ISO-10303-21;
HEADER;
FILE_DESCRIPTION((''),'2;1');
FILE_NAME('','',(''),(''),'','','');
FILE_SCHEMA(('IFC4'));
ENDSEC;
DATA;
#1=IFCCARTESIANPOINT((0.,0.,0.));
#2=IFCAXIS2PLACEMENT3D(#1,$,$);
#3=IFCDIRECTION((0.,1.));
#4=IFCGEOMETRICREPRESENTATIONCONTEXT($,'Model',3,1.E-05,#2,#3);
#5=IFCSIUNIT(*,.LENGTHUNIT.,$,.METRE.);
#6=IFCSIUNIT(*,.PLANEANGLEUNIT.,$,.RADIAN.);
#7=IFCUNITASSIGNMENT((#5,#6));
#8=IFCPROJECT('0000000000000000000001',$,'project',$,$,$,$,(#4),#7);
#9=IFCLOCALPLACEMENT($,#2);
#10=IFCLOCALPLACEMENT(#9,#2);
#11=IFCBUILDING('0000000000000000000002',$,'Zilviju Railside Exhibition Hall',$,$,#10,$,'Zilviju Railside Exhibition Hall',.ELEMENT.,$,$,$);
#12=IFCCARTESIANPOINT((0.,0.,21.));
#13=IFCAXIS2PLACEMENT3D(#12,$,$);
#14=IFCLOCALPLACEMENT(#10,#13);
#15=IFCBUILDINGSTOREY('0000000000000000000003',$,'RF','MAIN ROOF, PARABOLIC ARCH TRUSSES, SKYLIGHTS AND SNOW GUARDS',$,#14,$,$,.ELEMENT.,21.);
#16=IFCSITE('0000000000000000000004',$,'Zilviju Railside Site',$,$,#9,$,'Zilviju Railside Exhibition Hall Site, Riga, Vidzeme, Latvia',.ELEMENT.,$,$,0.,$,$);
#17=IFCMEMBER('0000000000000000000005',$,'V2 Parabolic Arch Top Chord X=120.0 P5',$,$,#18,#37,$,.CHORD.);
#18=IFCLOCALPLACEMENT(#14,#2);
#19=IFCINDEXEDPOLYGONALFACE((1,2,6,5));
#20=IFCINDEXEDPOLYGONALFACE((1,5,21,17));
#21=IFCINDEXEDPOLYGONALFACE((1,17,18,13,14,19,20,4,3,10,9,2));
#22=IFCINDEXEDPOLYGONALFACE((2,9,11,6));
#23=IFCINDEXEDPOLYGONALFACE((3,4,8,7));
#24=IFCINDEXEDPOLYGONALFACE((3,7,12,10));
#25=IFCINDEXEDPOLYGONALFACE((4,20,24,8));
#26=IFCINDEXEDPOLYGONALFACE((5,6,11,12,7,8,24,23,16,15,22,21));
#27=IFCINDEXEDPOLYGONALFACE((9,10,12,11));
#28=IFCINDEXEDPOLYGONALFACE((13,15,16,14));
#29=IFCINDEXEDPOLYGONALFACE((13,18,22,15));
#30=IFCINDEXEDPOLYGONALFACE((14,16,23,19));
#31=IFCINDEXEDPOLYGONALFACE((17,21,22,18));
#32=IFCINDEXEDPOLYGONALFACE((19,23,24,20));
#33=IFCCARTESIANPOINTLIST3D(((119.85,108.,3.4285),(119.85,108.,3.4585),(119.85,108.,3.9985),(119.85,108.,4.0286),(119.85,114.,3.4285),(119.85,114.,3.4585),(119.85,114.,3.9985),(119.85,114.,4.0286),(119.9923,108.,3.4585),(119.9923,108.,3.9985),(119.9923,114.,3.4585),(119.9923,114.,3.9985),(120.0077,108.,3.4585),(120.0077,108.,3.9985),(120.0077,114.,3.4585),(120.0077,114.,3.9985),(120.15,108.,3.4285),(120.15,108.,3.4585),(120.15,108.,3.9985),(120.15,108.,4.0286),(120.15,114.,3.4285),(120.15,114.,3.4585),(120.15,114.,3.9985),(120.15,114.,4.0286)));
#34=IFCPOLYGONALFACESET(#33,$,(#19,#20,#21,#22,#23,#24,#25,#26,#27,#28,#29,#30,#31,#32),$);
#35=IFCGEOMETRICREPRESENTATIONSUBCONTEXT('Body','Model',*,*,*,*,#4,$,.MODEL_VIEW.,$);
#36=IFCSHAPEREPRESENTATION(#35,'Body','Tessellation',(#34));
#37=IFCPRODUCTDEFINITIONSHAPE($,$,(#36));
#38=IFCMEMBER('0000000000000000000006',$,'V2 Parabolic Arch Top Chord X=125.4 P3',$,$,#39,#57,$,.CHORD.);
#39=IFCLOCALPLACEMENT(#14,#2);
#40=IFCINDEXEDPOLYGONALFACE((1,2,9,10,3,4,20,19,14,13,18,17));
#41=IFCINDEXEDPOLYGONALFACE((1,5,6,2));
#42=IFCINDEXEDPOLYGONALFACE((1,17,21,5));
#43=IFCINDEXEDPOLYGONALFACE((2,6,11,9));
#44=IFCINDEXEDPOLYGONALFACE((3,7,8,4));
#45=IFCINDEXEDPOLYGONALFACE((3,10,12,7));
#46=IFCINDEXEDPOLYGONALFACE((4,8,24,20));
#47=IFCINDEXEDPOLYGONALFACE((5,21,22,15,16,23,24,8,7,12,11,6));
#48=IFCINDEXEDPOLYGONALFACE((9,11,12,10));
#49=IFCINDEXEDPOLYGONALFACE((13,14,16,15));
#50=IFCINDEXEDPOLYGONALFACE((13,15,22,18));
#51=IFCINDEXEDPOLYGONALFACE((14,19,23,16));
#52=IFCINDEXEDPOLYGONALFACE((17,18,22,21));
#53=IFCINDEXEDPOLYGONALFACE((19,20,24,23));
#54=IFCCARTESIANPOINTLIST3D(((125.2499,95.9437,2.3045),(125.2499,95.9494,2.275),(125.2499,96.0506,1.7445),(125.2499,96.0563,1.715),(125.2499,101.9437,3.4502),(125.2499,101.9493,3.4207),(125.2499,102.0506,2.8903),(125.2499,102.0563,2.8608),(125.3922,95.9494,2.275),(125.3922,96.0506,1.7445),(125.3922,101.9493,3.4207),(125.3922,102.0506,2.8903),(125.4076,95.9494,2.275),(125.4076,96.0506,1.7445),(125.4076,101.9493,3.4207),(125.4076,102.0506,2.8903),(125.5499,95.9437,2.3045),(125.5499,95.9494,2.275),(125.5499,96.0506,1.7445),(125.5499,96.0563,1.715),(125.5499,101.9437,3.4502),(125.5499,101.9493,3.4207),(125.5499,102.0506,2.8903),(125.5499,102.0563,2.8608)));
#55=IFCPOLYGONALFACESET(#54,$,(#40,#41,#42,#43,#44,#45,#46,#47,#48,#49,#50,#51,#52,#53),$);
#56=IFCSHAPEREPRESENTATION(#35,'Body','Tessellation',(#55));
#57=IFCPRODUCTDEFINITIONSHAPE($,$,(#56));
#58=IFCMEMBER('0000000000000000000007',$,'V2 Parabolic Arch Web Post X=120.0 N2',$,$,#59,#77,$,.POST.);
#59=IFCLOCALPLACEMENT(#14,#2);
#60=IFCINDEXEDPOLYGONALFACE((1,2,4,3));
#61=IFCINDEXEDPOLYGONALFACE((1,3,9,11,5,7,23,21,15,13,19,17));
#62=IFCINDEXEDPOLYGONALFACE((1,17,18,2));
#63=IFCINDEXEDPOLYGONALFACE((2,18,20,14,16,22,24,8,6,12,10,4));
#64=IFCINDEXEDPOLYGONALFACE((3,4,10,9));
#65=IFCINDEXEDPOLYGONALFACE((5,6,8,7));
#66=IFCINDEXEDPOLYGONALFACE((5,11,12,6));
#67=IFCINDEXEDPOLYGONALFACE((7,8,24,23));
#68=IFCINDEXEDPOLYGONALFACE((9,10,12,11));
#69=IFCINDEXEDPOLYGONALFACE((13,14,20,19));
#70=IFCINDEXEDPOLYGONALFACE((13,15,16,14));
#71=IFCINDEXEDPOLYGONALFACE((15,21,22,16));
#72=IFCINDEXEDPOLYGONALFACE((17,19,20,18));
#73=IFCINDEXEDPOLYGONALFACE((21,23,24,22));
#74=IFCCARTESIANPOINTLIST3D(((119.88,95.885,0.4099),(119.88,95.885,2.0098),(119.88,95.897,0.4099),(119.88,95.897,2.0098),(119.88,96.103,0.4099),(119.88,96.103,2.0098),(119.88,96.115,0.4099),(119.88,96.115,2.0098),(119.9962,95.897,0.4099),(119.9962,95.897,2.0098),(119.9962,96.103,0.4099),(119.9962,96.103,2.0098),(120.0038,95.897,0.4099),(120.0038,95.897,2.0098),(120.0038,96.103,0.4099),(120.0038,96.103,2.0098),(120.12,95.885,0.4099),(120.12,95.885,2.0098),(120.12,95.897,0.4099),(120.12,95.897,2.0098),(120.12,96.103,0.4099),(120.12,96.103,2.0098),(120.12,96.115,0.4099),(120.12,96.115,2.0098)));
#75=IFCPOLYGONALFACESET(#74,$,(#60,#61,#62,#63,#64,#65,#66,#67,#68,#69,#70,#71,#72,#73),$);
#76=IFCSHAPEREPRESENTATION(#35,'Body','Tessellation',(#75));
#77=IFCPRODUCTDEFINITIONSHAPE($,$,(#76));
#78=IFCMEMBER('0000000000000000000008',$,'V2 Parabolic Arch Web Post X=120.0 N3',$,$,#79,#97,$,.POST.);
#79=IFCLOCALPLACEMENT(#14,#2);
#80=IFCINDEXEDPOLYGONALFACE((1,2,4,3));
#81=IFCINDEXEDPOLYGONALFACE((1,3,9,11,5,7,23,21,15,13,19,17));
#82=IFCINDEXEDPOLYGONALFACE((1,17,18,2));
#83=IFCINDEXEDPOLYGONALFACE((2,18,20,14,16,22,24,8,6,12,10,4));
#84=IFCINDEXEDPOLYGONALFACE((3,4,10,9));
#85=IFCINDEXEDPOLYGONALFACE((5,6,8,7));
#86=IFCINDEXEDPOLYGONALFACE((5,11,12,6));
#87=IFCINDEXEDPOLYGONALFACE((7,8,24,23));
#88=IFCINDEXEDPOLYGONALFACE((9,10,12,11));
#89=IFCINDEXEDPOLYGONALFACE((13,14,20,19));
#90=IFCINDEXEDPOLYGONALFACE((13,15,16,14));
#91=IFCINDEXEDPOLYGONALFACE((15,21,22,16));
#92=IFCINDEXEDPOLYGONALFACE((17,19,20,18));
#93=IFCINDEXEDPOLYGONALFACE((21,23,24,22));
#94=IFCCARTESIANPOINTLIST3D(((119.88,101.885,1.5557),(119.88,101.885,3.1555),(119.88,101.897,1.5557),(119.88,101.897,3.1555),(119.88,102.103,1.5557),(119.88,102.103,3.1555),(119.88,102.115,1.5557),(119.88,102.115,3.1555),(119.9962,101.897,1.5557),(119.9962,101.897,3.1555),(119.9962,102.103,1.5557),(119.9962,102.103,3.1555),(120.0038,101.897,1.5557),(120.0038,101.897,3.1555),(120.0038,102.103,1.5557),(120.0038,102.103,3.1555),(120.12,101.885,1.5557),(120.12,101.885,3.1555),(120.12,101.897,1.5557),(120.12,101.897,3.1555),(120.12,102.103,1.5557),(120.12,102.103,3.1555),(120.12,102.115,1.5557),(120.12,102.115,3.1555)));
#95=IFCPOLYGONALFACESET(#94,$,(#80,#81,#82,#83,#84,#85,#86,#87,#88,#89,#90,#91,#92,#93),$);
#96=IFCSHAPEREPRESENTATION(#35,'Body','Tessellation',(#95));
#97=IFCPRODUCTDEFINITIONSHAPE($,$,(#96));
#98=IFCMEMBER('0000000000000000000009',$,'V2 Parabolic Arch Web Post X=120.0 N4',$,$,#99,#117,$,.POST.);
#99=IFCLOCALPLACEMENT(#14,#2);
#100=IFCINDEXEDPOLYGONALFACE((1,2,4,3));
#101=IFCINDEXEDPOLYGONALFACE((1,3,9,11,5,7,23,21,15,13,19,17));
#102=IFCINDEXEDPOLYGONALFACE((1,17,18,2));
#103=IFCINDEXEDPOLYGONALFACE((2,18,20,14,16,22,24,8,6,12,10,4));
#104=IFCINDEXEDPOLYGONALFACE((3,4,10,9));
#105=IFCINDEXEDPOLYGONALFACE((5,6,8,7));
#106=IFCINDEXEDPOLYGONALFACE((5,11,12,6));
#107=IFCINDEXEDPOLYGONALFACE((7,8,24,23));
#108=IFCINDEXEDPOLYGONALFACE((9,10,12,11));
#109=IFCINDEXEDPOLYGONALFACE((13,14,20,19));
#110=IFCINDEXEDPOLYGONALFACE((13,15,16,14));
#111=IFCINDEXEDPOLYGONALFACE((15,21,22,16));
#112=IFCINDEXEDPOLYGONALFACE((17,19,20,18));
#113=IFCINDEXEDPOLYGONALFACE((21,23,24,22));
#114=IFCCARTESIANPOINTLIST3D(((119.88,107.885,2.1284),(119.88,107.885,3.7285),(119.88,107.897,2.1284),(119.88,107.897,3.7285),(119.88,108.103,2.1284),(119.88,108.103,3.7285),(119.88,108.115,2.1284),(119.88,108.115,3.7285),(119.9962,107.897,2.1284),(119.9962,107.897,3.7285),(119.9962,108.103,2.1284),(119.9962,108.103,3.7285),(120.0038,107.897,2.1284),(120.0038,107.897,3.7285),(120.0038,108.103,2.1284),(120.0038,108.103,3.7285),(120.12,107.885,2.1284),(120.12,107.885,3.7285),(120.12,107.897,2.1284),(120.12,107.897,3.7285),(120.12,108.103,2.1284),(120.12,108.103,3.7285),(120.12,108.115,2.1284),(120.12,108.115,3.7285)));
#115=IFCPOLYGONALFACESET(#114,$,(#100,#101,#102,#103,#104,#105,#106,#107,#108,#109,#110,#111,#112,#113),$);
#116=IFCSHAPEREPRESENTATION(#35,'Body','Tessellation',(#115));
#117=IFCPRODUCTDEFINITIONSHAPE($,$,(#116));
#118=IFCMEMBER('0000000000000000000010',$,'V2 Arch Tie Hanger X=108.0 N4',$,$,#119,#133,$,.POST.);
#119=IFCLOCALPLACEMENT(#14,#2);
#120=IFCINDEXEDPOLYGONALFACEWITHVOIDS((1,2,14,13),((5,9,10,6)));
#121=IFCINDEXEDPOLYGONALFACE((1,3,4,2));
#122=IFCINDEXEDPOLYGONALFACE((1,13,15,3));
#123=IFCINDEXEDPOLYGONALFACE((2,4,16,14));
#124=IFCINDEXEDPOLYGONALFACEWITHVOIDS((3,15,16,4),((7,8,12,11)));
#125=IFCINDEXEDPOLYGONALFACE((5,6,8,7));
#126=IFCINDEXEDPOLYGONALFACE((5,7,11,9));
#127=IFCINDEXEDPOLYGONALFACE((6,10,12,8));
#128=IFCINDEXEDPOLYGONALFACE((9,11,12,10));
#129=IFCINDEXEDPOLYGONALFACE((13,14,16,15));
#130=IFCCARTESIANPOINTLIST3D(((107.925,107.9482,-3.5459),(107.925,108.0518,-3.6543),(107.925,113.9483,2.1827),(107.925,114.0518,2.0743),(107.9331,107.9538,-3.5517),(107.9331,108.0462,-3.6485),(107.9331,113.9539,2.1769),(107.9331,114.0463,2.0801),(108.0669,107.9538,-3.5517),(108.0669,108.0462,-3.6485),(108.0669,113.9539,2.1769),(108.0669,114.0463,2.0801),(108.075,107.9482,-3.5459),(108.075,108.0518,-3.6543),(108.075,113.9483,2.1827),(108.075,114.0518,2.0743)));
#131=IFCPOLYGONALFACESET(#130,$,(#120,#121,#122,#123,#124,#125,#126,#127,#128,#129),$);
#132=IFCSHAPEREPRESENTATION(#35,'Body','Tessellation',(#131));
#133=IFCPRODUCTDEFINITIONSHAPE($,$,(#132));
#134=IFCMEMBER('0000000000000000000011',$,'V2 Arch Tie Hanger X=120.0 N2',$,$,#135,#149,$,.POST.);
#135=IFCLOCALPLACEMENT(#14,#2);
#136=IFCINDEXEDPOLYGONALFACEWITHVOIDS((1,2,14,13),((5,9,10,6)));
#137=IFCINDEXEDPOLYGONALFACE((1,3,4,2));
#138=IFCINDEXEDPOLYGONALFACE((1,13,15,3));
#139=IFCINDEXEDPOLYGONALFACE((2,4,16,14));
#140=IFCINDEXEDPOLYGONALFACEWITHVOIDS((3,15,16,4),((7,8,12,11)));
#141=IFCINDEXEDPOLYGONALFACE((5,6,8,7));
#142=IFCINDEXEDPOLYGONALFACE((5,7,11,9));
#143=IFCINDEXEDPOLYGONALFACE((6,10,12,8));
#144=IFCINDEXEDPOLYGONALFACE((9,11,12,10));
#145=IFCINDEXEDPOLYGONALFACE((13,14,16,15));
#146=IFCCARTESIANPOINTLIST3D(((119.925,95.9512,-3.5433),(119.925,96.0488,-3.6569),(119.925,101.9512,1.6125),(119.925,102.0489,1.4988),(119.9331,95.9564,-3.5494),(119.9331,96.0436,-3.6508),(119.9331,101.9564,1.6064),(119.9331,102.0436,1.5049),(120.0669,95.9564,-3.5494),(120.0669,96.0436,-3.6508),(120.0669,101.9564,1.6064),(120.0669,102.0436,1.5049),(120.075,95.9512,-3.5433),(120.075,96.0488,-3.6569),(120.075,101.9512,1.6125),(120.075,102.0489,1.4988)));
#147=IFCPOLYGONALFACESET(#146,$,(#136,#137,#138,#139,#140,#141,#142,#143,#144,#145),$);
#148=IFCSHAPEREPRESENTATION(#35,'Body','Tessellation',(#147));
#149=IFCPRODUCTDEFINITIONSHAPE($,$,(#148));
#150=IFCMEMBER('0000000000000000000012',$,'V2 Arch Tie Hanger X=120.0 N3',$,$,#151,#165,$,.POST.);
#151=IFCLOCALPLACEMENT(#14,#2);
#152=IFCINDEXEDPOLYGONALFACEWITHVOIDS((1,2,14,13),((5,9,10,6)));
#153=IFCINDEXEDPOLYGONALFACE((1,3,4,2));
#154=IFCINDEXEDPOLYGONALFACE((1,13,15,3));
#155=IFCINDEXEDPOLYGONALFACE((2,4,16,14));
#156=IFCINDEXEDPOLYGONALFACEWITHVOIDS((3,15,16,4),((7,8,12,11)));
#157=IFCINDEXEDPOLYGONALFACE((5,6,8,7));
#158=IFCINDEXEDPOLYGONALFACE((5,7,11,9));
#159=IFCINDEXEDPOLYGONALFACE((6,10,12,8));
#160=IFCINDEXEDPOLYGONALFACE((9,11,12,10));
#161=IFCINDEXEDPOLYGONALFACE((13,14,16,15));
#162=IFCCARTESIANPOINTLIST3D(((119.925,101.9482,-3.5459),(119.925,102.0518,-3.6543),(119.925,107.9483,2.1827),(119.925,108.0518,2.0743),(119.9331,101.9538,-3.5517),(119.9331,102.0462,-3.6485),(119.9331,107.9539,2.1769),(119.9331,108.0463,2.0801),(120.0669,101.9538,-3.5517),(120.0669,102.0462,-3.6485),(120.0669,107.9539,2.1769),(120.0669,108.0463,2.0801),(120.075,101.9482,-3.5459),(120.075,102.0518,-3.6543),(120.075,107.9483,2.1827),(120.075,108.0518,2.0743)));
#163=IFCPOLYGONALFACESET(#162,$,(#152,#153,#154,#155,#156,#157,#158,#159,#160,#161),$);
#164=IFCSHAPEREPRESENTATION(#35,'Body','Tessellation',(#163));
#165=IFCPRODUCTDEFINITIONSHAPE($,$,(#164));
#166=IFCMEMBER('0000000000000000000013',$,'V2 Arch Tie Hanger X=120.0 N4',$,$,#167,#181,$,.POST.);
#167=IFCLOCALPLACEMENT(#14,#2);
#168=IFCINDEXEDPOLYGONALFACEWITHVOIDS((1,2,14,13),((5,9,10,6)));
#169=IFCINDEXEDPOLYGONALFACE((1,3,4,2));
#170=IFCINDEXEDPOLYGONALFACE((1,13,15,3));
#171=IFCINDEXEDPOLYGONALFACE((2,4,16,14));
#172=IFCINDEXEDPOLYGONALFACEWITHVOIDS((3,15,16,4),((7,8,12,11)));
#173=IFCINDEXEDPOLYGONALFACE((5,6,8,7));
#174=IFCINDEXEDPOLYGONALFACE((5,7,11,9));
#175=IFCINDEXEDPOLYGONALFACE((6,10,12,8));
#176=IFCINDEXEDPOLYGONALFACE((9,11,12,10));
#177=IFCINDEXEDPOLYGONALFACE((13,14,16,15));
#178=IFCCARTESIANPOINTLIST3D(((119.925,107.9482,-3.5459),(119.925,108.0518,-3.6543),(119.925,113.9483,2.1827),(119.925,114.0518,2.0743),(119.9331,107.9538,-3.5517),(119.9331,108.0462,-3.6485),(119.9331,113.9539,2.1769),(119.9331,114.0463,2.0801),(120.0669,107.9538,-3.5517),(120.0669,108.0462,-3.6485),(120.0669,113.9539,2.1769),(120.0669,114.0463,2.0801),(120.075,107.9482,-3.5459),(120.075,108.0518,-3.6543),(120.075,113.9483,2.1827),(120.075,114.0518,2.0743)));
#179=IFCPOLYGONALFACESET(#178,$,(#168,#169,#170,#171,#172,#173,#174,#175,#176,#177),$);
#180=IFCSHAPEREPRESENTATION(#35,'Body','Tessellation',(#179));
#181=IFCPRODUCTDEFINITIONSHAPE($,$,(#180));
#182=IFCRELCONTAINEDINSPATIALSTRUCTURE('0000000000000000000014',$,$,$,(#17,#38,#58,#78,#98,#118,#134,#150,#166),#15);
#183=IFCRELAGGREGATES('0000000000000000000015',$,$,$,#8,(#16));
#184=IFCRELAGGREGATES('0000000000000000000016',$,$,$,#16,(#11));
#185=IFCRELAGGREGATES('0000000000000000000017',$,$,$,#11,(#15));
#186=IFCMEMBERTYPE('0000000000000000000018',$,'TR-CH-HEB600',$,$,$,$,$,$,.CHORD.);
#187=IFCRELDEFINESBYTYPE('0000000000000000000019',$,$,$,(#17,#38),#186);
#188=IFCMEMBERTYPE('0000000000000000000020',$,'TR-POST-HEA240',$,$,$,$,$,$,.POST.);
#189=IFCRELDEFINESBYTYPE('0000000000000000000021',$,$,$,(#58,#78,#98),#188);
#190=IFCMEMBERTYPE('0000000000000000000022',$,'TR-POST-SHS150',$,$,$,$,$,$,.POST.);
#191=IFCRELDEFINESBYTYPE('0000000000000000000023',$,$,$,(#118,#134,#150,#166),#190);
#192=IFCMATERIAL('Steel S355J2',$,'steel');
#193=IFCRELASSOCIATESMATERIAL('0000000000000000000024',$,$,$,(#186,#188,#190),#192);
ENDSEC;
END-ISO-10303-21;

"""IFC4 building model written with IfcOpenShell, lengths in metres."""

from ifc_helpers import new_model, si_unit, direction, frame, origin, origin_2d, place, context, subcontext, project, spatial, hollow_rectangle, i_section, extrude, material, material_profile, profile_set, type_object, element, save


model = new_model("IFC4")

# Units and contexts
model_context = context("Model", 3, precision=1e-05, world=origin(), true_north=direction((0.0, 1.0)))
body_context = subcontext(model_context, "Body", "Model", "MODEL_VIEW")
ifc_project = project(units=[si_unit("LENGTHUNIT", "METRE"), si_unit("PLANEANGLEUNIT", "RADIAN")], contexts=[model_context])

# Site, building, storey
site_placement = place(None, origin())
site = spatial("IfcSite", under=ifc_project, at=site_placement, Name="Zilviju Railside Site", LongName="Zilviju Railside Exhibition Hall Site, Riga, Vidzeme, Latvia", CompositionType="ELEMENT", RefElevation=0.0)
building_placement = place(site_placement, origin())
building = spatial("IfcBuilding", under=site, at=building_placement, Name="Zilviju Railside Exhibition Hall", LongName="Zilviju Railside Exhibition Hall", CompositionType="ELEMENT")
storey_placement = place(building_placement, frame((0.0, 0.0, 21.0)))
storey = spatial("IfcBuildingStorey", under=building, at=storey_placement, Name="RF", Description="MAIN ROOF, PARABOLIC ARCH TRUSSES, SKYLIGHTS AND SNOW GUARDS", CompositionType="ELEMENT", Elevation=21.0)

# Members
ifc_material_1 = material(Name="Steel S355J2", Category="steel")
ifc_material_profile_1 = material_profile(ifc_material_1, i_section(OverallWidth=0.3, OverallDepth=0.6001, WebThickness=0.0154, FlangeThickness=0.03, at=origin_2d()), Name="HEB 600")
ifc_profile_set_1 = profile_set([ifc_material_profile_1], Name="Steel S355J2")
member_type_1 = type_object("IfcMemberType", Name="TR-CH-HEB600", PredefinedType="CHORD", material=ifc_profile_set_1)
member_1_placement = place(storey_placement, frame((120.0, 108.0, 3.7285), z_axis=(0.0, 1.0, 0.0), x_axis=(-1.0, 0.0, 0.0)))
element("IfcMember", 1, at=member_1_placement, inside=storey, type_object=member_type_1, Name="V2 Parabolic Arch Top Chord X=120.0 P5", PredefinedType="CHORD", context=body_context, shape_type="SweptSolid", body=[
    extrude(i_section(OverallWidth=0.3, OverallDepth=0.6001, WebThickness=0.0154, FlangeThickness=0.03, at=origin_2d()), origin(), (0.0, 0.0, 1.0), 6.0),
])
member_2_placement = place(storey_placement, frame((125.3999, 96.0, 2.0098), z_axis=(0.0, 0.982251, 0.187569), x_axis=(-1.0, 0.0, 0.0)))
element("IfcMember", 2, at=member_2_placement, inside=storey, type_object=member_type_1, Name="V2 Parabolic Arch Top Chord X=125.4 P3", PredefinedType="CHORD", context=body_context, shape_type="SweptSolid", body=[
    extrude(i_section(OverallWidth=0.3, OverallDepth=0.6001, WebThickness=0.0154, FlangeThickness=0.03, at=origin_2d()), origin(), (0.0, 0.0, 1.0), 6.1084),
])
ifc_material_profile_2 = material_profile(ifc_material_1, i_section(OverallWidth=0.24, OverallDepth=0.23, WebThickness=0.0076, FlangeThickness=0.012, at=origin_2d()), Name="HEA 240")
ifc_profile_set_2 = profile_set([ifc_material_profile_2], Name="Steel S355J2")
member_type_2 = type_object("IfcMemberType", Name="TR-POST-HEA240", PredefinedType="POST", material=ifc_profile_set_2)
for number, where, z_axis, x_axis, name in (
    (3, (120.0, 96.0, 0.4099), (0.0, 0.0, 1.0), (1.0, 0.0, 0.0), "V2 Parabolic Arch Web Post X=120.0 N2"),
    (4, (120.0, 102.0, 1.5557), (0.0, 0.0, 1.0), (1.0, 0.0, 0.0), "V2 Parabolic Arch Web Post X=120.0 N3"),
):
    element("IfcMember", number, at=place(storey_placement, frame(where, z_axis=z_axis, x_axis=x_axis)), inside=storey, type_object=member_type_2, Name=name, PredefinedType="POST", context=body_context, shape_type="SweptSolid", body=[
        extrude(i_section(OverallWidth=0.24, OverallDepth=0.23, WebThickness=0.0076, FlangeThickness=0.012, at=origin_2d()), origin(), (0.0, 0.0, 1.0), 1.5999),
    ])
member_3_placement = place(storey_placement, frame((120.0, 108.0, 2.1284), z_axis=(0.0, 0.0, 1.0), x_axis=(1.0, 0.0, 0.0)))
element("IfcMember", 5, at=member_3_placement, inside=storey, type_object=member_type_2, Name="V2 Parabolic Arch Web Post X=120.0 N4", PredefinedType="POST", context=body_context, shape_type="SweptSolid", body=[
    extrude(i_section(OverallWidth=0.24, OverallDepth=0.23, WebThickness=0.0076, FlangeThickness=0.012, at=origin_2d()), origin(), (0.0, 0.0, 1.0), 1.6001),
])
ifc_material_profile_3 = material_profile(ifc_material_1, hollow_rectangle(XDim=0.1499, YDim=0.1499, WallThickness=0.0081, at=origin_2d()), Name="SHS 150x150x8.0")
ifc_profile_set_3 = profile_set([ifc_material_profile_3], Name="Steel S355J2")
member_type_3 = type_object("IfcMemberType", Name="TR-POST-SHS150", PredefinedType="POST", material=ifc_profile_set_3)
member_4_placement = place(storey_placement, frame((108.0, 108.0, -3.6001), z_axis=(0.0, 0.723281, 0.690554), x_axis=(-1.0, 0.0, 0.0)))
element("IfcMember", 6, at=member_4_placement, inside=storey, type_object=member_type_3, Name="V2 Arch Tie Hanger X=108.0 N4", PredefinedType="POST", context=body_context, shape_type="SweptSolid", body=[
    extrude(hollow_rectangle(XDim=0.1499, YDim=0.1499, WallThickness=0.0081, at=origin_2d()), origin(), (0.0, 0.0, 1.0), 8.2957),
])
member_5_placement = place(storey_placement, frame((120.0, 96.0, -3.6001), z_axis=(0.0, 0.75845, 0.651731), x_axis=(-1.0, 0.0, 0.0)))
element("IfcMember", 7, at=member_5_placement, inside=storey, type_object=member_type_3, Name="V2 Arch Tie Hanger X=120.0 N2", PredefinedType="POST", context=body_context, shape_type="SweptSolid", body=[
    extrude(hollow_rectangle(XDim=0.1499, YDim=0.1499, WallThickness=0.0081, at=origin_2d()), origin(), (0.0, 0.0, 1.0), 7.9109),
])
for number, where, z_axis, x_axis, name in (
    (8, (120.0, 102.0, -3.6001), (0.0, 0.723281, 0.690554), (-1.0, 0.0, 0.0), "V2 Arch Tie Hanger X=120.0 N3"),
    (9, (120.0, 108.0, -3.6001), (0.0, 0.723281, 0.690554), (-1.0, 0.0, 0.0), "V2 Arch Tie Hanger X=120.0 N4"),
):
    element("IfcMember", number, at=place(storey_placement, frame(where, z_axis=z_axis, x_axis=x_axis)), inside=storey, type_object=member_type_3, Name=name, PredefinedType="POST", context=body_context, shape_type="SweptSolid", body=[
        extrude(hollow_rectangle(XDim=0.1499, YDim=0.1499, WallThickness=0.0081, at=origin_2d()), origin(), (0.0, 0.0, 1.0), 8.2957),
    ])

save(model, "model.ifc")
